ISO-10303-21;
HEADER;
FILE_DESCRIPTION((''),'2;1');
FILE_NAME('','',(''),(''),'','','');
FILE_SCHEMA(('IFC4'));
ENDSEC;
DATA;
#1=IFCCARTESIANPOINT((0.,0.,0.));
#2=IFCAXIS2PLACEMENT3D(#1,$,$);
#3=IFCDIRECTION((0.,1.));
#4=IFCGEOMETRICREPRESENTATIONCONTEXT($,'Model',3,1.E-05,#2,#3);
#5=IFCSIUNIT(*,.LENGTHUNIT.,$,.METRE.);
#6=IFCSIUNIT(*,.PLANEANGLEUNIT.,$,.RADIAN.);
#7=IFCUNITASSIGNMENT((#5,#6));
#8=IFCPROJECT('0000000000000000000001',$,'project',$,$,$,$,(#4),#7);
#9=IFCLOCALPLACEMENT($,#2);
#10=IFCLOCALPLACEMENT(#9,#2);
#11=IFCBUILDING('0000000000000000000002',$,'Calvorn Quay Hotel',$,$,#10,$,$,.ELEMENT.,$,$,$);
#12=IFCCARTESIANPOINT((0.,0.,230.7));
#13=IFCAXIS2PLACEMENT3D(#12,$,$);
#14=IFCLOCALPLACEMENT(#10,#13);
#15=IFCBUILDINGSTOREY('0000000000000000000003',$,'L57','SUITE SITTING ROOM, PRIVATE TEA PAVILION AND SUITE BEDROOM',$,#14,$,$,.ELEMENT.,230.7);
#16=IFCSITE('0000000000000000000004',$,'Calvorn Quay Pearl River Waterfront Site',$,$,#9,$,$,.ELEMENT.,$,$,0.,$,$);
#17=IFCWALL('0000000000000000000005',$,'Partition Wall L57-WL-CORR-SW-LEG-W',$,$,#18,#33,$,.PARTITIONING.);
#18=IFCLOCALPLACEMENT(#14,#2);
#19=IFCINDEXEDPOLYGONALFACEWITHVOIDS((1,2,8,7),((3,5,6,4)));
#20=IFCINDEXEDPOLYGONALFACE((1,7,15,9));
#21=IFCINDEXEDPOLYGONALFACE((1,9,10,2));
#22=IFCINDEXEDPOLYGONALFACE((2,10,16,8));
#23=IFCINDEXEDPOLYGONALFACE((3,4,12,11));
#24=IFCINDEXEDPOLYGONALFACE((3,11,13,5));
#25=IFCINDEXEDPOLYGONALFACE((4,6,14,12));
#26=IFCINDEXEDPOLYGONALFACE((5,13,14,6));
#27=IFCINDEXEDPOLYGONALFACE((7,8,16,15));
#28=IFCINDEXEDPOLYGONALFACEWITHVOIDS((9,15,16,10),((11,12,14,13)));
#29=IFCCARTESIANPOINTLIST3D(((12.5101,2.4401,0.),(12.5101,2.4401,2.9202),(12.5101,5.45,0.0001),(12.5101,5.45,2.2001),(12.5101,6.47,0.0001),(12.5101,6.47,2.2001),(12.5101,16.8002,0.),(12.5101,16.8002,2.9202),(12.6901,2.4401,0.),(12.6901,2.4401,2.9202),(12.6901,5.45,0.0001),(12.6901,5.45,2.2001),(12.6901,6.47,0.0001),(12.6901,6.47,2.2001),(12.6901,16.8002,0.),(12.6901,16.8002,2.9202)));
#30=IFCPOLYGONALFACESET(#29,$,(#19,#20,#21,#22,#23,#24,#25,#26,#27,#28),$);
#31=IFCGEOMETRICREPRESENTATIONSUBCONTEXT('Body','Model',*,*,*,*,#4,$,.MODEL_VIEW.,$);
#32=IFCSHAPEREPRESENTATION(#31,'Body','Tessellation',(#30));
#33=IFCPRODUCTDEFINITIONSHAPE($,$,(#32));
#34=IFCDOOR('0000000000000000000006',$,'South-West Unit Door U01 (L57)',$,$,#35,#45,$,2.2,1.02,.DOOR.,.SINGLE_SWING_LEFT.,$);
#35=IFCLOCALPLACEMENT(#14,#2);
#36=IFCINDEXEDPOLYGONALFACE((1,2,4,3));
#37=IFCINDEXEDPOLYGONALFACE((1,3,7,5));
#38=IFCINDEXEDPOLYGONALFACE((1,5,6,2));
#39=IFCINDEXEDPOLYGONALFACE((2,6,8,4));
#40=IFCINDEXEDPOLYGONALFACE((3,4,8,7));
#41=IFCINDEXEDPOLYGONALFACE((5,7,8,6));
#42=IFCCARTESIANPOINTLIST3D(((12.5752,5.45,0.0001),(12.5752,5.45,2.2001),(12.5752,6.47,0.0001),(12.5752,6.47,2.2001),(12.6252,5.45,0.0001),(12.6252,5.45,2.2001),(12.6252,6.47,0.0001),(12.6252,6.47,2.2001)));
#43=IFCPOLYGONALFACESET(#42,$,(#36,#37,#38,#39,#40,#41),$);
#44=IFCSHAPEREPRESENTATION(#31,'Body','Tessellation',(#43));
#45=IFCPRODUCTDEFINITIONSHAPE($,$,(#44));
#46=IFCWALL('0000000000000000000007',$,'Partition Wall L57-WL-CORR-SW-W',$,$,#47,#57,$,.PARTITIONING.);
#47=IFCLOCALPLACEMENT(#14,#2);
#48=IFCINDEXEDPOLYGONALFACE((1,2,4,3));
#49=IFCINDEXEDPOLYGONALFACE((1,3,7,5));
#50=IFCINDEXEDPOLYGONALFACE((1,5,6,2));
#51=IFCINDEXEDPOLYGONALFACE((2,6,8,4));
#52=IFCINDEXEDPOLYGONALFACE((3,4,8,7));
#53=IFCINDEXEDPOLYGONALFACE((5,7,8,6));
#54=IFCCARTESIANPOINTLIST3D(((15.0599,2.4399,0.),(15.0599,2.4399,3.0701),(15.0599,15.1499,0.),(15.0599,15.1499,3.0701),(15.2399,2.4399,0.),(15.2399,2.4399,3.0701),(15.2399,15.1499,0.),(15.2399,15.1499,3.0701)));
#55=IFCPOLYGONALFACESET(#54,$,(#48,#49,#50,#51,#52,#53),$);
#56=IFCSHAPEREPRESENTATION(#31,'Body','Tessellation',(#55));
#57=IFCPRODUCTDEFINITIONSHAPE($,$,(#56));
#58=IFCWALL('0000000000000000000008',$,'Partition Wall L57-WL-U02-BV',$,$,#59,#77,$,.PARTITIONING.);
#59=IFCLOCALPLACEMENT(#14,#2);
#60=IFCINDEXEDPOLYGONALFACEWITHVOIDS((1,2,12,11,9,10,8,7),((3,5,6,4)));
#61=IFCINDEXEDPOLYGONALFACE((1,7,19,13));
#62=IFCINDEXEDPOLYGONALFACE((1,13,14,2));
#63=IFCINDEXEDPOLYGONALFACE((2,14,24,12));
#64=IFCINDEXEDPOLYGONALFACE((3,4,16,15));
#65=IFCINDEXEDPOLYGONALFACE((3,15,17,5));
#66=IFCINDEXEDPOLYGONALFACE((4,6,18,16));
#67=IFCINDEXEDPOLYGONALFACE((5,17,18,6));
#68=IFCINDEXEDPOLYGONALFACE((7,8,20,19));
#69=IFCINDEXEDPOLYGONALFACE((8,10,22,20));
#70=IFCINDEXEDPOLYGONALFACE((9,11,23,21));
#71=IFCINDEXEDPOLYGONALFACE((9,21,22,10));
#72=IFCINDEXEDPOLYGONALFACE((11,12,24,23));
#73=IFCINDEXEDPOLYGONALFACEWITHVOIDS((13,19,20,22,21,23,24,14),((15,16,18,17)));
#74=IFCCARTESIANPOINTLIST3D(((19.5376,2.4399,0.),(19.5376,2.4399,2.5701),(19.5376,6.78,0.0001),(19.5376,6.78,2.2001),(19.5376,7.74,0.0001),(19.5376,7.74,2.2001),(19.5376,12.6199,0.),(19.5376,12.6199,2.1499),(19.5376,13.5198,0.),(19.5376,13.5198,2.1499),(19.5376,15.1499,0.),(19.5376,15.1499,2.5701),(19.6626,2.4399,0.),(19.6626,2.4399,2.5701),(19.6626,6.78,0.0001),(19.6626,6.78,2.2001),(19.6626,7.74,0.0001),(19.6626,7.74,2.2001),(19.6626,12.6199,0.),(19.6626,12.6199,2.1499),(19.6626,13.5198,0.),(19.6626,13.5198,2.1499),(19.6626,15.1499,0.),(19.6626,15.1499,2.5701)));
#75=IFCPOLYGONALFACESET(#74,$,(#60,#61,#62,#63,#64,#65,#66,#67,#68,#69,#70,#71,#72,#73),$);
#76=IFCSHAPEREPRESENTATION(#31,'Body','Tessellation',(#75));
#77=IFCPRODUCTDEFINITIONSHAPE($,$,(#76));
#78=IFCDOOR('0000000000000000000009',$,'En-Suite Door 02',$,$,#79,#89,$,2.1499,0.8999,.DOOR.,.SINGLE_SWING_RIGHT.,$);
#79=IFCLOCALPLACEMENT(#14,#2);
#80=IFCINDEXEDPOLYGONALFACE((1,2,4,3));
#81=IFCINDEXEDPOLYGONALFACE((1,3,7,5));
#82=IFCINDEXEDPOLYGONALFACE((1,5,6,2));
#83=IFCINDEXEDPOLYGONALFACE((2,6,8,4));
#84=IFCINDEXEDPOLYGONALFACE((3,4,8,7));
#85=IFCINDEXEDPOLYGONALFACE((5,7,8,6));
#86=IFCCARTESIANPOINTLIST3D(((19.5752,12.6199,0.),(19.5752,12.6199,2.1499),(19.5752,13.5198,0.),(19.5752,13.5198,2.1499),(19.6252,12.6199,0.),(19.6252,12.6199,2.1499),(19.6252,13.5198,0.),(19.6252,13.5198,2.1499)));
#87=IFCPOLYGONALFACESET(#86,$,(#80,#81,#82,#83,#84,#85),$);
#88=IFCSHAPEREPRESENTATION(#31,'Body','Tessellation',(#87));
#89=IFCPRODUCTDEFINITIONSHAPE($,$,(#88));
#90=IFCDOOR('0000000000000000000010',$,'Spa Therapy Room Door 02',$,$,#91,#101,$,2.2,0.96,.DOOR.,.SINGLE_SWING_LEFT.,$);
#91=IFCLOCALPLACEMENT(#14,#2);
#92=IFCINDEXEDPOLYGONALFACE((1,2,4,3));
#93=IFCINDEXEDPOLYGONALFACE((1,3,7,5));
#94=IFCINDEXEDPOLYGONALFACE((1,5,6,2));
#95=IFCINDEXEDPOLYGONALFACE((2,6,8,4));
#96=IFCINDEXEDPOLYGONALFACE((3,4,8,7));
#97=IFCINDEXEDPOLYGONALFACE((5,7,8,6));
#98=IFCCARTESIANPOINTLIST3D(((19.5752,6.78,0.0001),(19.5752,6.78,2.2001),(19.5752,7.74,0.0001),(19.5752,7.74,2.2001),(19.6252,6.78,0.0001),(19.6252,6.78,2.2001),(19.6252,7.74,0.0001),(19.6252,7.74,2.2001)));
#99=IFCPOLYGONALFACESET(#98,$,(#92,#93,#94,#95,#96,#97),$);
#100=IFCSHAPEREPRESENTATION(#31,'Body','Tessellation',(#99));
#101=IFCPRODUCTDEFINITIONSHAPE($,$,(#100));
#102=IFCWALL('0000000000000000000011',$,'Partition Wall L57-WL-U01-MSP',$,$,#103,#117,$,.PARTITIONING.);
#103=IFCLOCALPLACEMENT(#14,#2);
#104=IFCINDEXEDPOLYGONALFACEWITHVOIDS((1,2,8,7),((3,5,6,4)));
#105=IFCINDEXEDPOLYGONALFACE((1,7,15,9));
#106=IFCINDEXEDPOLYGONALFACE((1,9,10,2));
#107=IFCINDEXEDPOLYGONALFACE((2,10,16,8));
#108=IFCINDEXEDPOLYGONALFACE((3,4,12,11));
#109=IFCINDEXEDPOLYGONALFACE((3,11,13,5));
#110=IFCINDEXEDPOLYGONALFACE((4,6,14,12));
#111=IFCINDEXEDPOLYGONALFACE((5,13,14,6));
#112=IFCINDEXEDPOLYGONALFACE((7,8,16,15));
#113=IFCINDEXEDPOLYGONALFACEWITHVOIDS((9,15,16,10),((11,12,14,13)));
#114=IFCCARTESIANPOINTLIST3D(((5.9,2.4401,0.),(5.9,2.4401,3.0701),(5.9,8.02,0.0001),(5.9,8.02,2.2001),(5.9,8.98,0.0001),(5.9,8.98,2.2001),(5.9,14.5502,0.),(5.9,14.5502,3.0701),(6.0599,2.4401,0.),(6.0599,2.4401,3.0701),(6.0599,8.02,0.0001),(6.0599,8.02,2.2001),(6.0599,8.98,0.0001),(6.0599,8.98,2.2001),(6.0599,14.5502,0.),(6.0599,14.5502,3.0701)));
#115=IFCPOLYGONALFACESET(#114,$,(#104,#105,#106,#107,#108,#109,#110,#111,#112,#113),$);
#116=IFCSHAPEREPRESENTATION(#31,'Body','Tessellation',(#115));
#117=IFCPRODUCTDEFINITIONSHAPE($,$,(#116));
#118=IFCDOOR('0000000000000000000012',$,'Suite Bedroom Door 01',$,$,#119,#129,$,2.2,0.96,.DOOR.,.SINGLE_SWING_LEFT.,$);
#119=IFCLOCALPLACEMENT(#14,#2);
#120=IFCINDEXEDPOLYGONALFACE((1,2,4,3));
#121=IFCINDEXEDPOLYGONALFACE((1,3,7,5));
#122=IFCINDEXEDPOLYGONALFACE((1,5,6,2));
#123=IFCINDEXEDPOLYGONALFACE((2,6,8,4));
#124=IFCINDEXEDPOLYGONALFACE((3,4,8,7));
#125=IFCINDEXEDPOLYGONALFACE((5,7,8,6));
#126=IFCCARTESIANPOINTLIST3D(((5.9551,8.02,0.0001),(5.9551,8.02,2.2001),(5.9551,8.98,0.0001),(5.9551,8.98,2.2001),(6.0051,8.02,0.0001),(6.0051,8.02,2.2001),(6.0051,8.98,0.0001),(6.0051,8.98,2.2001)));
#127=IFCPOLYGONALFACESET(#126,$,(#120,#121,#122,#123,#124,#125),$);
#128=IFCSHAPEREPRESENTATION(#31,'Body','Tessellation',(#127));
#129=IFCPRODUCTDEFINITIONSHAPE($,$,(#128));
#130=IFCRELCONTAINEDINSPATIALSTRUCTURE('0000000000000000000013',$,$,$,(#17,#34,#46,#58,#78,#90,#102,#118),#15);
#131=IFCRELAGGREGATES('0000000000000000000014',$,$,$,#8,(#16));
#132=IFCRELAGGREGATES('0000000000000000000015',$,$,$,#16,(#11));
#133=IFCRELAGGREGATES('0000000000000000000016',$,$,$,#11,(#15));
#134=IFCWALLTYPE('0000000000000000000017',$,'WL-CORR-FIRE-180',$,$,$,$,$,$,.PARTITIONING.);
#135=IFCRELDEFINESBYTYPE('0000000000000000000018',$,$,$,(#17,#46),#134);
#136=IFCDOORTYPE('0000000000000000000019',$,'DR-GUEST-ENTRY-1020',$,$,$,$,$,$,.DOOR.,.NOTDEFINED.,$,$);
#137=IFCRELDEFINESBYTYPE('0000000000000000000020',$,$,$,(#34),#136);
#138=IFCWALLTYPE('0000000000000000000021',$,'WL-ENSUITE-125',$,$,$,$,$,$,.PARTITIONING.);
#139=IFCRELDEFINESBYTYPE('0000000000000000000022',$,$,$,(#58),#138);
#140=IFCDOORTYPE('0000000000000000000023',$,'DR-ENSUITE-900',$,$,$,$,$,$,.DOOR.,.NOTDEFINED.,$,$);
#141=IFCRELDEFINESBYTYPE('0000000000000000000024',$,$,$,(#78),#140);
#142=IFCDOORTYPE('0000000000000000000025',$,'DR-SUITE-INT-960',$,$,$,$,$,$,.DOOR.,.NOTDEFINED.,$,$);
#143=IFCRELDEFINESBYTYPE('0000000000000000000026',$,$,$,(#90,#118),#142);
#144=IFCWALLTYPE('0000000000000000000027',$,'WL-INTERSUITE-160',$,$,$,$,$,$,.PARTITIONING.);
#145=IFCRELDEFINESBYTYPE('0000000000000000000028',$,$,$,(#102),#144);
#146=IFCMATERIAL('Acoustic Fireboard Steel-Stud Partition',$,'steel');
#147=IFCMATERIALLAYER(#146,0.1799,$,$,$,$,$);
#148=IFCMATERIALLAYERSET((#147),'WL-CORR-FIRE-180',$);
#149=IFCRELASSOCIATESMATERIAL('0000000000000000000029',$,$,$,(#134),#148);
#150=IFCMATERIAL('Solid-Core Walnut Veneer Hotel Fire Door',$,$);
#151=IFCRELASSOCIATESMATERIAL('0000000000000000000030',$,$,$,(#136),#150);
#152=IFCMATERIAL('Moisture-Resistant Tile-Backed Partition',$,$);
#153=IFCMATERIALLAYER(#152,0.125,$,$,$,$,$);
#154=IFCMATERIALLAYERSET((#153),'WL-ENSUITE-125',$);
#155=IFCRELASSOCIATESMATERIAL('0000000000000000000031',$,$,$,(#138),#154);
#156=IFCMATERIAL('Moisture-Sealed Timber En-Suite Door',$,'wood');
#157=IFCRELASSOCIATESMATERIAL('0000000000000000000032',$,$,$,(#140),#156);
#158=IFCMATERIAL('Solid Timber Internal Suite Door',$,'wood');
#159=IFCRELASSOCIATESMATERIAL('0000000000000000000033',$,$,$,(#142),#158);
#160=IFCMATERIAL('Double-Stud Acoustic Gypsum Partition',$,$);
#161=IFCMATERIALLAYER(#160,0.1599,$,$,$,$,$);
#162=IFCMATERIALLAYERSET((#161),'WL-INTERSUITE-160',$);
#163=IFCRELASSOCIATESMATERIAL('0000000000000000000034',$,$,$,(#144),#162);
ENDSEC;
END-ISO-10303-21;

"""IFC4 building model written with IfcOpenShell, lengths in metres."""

from ifc_helpers import new_model, si_unit, direction, frame, frame_2d, origin, place, context, subcontext, project, spatial, rectangle, extrude, material, layer, layer_set, type_object, element, fill, save


model = new_model("IFC4")

# Units and contexts
model_context = context("Model", 3, precision=1e-05, world=origin(), true_north=direction((0.0, 1.0)))
body_context = subcontext(model_context, "Body", "Model", "MODEL_VIEW")
ifc_project = project(units=[si_unit("LENGTHUNIT", "METRE"), si_unit("PLANEANGLEUNIT", "RADIAN")], contexts=[model_context])

# Site, building, storey
site_placement = place(None, origin())
site = spatial("IfcSite", under=ifc_project, at=site_placement, Name="Calvorn Quay Pearl River Waterfront Site", CompositionType="ELEMENT", RefElevation=0.0)
building_placement = place(site_placement, origin())
building = spatial("IfcBuilding", under=site, at=building_placement, Name="Calvorn Quay Hotel", CompositionType="ELEMENT")
storey_placement = place(building_placement, frame((0.0, 0.0, 230.7)))
storey = spatial("IfcBuildingStorey", under=building, at=storey_placement, Name="L57", Description="SUITE SITTING ROOM, PRIVATE TEA PAVILION AND SUITE BEDROOM", CompositionType="ELEMENT", Elevation=230.7)

# Wall, opening, door
ifc_material_1 = material(Name="Acoustic Fireboard Steel-Stud Partition", Category="steel")
ifc_layer_1 = layer(ifc_material_1, 0.1799)
ifc_layer_set_1 = layer_set([ifc_layer_1], Name="WL-CORR-FIRE-180")
wall_type_1 = type_object("IfcWallType", Name="WL-CORR-FIRE-180", PredefinedType="PARTITIONING", material=ifc_layer_set_1)
wall_1_placement = place(storey_placement, frame((12.6001, 2.4399, 0.0), z_axis=(0.0, 0.0, 1.0), x_axis=(0.0, 1.0, 0.0)))
wall_1 = element("IfcWall", 1, at=wall_1_placement, inside=storey, type_object=wall_type_1, Name="Partition Wall L57-WL-CORR-SW-LEG-W", PredefinedType="PARTITIONING", context=body_context, shape_type="SweptSolid", body=[
    extrude(rectangle(XDim=14.3601, YDim=0.1799, at=frame_2d((7.1802, 0.0))), origin(), (0.0, 0.0, 1.0), 2.9202),
])
opening_1_placement = place(wall_1_placement, frame((3.01, 0.0, 0.0)))
opening_1 = element("IfcOpeningElement", 2, at=opening_1_placement, cuts=wall_1, PredefinedType="OPENING", context=body_context, shape_type="SweptSolid", body=[
    extrude(rectangle(XDim=1.02, YDim=2.2, at=frame_2d((0.51, 1.1001))), frame((0.0, 0.0999, 0.0), z_axis=(0.0, -1.0, 0.0), x_axis=(1.0, 0.0, 0.0)), (0.0, 0.0, 1.0), 0.2),
])
ifc_material_2 = material(Name="Solid-Core Walnut Veneer Hotel Fire Door")
door_type_1 = type_object("IfcDoorType", Name="DR-GUEST-ENTRY-1020", OperationType="NOTDEFINED", PredefinedType="DOOR", material=ifc_material_2)
door_1_placement = place(opening_1_placement, origin())
door_1 = element("IfcDoor", 3, at=door_1_placement, inside=storey, type_object=door_type_1, Name="South-West Unit Door U01 (L57)", OperationType="SINGLE_SWING_LEFT", OverallHeight=2.2, OverallWidth=1.02, PredefinedType="DOOR", context=body_context, shape_type="SweptSolid", body=[
    extrude(rectangle(XDim=1.02, YDim=2.2, at=frame_2d((0.51, 1.1001))), frame((0.0, 0.0249, 0.0), z_axis=(0.0, -1.0, 0.0), x_axis=(1.0, 0.0, 0.0)), (0.0, 0.0, 1.0), 0.05),
])
fill(opening_1, door_1)

# Wall
wall_2_placement = place(storey_placement, frame((15.1499, 2.4399, 0.0), z_axis=(0.0, 0.0, 1.0), x_axis=(0.0, 1.0, 0.0)))
element("IfcWall", 4, at=wall_2_placement, inside=storey, type_object=wall_type_1, Name="Partition Wall L57-WL-CORR-SW-W", PredefinedType="PARTITIONING", context=body_context, shape_type="SweptSolid", body=[
    extrude(rectangle(XDim=12.71, YDim=0.1799, at=frame_2d((6.355, 0.0))), origin(), (0.0, 0.0, 1.0), 3.0701),
])

# Wall, openings, doors
ifc_material_3 = material(Name="Moisture-Resistant Tile-Backed Partition")
ifc_layer_2 = layer(ifc_material_3, 0.125)
ifc_layer_set_2 = layer_set([ifc_layer_2], Name="WL-ENSUITE-125")
wall_type_2 = type_object("IfcWallType", Name="WL-ENSUITE-125", PredefinedType="PARTITIONING", material=ifc_layer_set_2)
wall_3_placement = place(storey_placement, frame((19.6001, 2.4399, 0.0), z_axis=(0.0, 0.0, 1.0), x_axis=(0.0, 1.0, 0.0)))
wall_3 = element("IfcWall", 5, at=wall_3_placement, inside=storey, type_object=wall_type_2, Name="Partition Wall L57-WL-U02-BV", PredefinedType="PARTITIONING", context=body_context, shape_type="SweptSolid", body=[
    extrude(rectangle(XDim=12.71, YDim=0.125, at=frame_2d((6.355, 0.0))), origin(), (0.0, 0.0, 1.0), 2.5701),
])
opening_2_placement = place(wall_3_placement, frame((4.3401, 0.0, 0.0)))
opening_2 = element("IfcOpeningElement", 6, at=opening_2_placement, cuts=wall_3, PredefinedType="OPENING", context=body_context, shape_type="SweptSolid", body=[
    extrude(rectangle(XDim=0.96, YDim=2.2, at=frame_2d((0.48, 1.1001))), frame((0.0, 0.0725, 0.0), z_axis=(0.0, -1.0, 0.0), x_axis=(1.0, 0.0, 0.0)), (0.0, 0.0, 1.0), 0.145),
])
opening_3_placement = place(wall_3_placement, frame((10.1799, 0.0, 0.0)))
opening_3 = element("IfcOpeningElement", 7, at=opening_3_placement, cuts=wall_3, PredefinedType="OPENING", context=body_context, shape_type="SweptSolid", body=[
    extrude(rectangle(XDim=0.8999, YDim=2.1499, at=frame_2d((0.45, 1.075))), frame((0.0, 0.0725, 0.0), z_axis=(0.0, -1.0, 0.0), x_axis=(1.0, 0.0, 0.0)), (0.0, 0.0, 1.0), 0.145),
])
ifc_material_4 = material(Name="Moisture-Sealed Timber En-Suite Door", Category="wood")
door_type_2 = type_object("IfcDoorType", Name="DR-ENSUITE-900", OperationType="NOTDEFINED", PredefinedType="DOOR", material=ifc_material_4)
door_2_placement = place(opening_3_placement, origin())
door_2 = element("IfcDoor", 8, at=door_2_placement, inside=storey, type_object=door_type_2, Name="En-Suite Door 02", OperationType="SINGLE_SWING_RIGHT", OverallHeight=2.1499, OverallWidth=0.8999, PredefinedType="DOOR", context=body_context, shape_type="SweptSolid", body=[
    extrude(rectangle(XDim=0.8999, YDim=2.1499, at=frame_2d((0.45, 1.075))), frame((0.0, 0.0249, 0.0), z_axis=(0.0, -1.0, 0.0), x_axis=(1.0, 0.0, 0.0)), (0.0, 0.0, 1.0), 0.05),
])
fill(opening_3, door_2)
ifc_material_5 = material(Name="Solid Timber Internal Suite Door", Category="wood")
door_type_3 = type_object("IfcDoorType", Name="DR-SUITE-INT-960", OperationType="NOTDEFINED", PredefinedType="DOOR", material=ifc_material_5)
door_3_placement = place(opening_2_placement, origin())
door_3 = element("IfcDoor", 9, at=door_3_placement, inside=storey, type_object=door_type_3, Name="Spa Therapy Room Door 02", OperationType="SINGLE_SWING_LEFT", OverallHeight=2.2, OverallWidth=0.96, PredefinedType="DOOR", context=body_context, shape_type="SweptSolid", body=[
    extrude(rectangle(XDim=0.96, YDim=2.2, at=frame_2d((0.48, 1.1001))), frame((0.0, 0.0249, 0.0), z_axis=(0.0, -1.0, 0.0), x_axis=(1.0, 0.0, 0.0)), (0.0, 0.0, 1.0), 0.05),
])
fill(opening_2, door_3)

# Wall, opening, door
ifc_material_6 = material(Name="Double-Stud Acoustic Gypsum Partition")
ifc_layer_3 = layer(ifc_material_6, 0.1599)
ifc_layer_set_3 = layer_set([ifc_layer_3], Name="WL-INTERSUITE-160")
wall_type_3 = type_object("IfcWallType", Name="WL-INTERSUITE-160", PredefinedType="PARTITIONING", material=ifc_layer_set_3)
wall_4_placement = place(storey_placement, frame((5.98, 2.4399, 0.0), z_axis=(0.0, 0.0, 1.0), x_axis=(0.0, 1.0, 0.0)))
wall_4 = element("IfcWall", 10, at=wall_4_placement, inside=storey, type_object=wall_type_3, Name="Partition Wall L57-WL-U01-MSP", PredefinedType="PARTITIONING", context=body_context, shape_type="SweptSolid", body=[
    extrude(rectangle(XDim=12.1101, YDim=0.1599, at=frame_2d((6.0552, 0.0))), origin(), (0.0, 0.0, 1.0), 3.0701),
])
opening_4_placement = place(wall_4_placement, frame((5.5801, 0.0, 0.0)))
opening_4 = element("IfcOpeningElement", 11, at=opening_4_placement, cuts=wall_4, PredefinedType="OPENING", context=body_context, shape_type="SweptSolid", body=[
    extrude(rectangle(XDim=0.96, YDim=2.2, at=frame_2d((0.48, 1.1001))), frame((0.0, 0.0898, 0.0), z_axis=(0.0, -1.0, 0.0), x_axis=(1.0, 0.0, 0.0)), (0.0, 0.0, 1.0), 0.1799),
])
door_4_placement = place(opening_4_placement, origin())
door_4 = element("IfcDoor", 12, at=door_4_placement, inside=storey, type_object=door_type_3, Name="Suite Bedroom Door 01", OperationType="SINGLE_SWING_LEFT", OverallHeight=2.2, OverallWidth=0.96, PredefinedType="DOOR", context=body_context, shape_type="SweptSolid", body=[
    extrude(rectangle(XDim=0.96, YDim=2.2, at=frame_2d((0.48, 1.1001))), frame((0.0, 0.0249, 0.0), z_axis=(0.0, -1.0, 0.0), x_axis=(1.0, 0.0, 0.0)), (0.0, 0.0, 1.0), 0.05),
])
fill(opening_4, door_4)

save(model, "model.ifc")
